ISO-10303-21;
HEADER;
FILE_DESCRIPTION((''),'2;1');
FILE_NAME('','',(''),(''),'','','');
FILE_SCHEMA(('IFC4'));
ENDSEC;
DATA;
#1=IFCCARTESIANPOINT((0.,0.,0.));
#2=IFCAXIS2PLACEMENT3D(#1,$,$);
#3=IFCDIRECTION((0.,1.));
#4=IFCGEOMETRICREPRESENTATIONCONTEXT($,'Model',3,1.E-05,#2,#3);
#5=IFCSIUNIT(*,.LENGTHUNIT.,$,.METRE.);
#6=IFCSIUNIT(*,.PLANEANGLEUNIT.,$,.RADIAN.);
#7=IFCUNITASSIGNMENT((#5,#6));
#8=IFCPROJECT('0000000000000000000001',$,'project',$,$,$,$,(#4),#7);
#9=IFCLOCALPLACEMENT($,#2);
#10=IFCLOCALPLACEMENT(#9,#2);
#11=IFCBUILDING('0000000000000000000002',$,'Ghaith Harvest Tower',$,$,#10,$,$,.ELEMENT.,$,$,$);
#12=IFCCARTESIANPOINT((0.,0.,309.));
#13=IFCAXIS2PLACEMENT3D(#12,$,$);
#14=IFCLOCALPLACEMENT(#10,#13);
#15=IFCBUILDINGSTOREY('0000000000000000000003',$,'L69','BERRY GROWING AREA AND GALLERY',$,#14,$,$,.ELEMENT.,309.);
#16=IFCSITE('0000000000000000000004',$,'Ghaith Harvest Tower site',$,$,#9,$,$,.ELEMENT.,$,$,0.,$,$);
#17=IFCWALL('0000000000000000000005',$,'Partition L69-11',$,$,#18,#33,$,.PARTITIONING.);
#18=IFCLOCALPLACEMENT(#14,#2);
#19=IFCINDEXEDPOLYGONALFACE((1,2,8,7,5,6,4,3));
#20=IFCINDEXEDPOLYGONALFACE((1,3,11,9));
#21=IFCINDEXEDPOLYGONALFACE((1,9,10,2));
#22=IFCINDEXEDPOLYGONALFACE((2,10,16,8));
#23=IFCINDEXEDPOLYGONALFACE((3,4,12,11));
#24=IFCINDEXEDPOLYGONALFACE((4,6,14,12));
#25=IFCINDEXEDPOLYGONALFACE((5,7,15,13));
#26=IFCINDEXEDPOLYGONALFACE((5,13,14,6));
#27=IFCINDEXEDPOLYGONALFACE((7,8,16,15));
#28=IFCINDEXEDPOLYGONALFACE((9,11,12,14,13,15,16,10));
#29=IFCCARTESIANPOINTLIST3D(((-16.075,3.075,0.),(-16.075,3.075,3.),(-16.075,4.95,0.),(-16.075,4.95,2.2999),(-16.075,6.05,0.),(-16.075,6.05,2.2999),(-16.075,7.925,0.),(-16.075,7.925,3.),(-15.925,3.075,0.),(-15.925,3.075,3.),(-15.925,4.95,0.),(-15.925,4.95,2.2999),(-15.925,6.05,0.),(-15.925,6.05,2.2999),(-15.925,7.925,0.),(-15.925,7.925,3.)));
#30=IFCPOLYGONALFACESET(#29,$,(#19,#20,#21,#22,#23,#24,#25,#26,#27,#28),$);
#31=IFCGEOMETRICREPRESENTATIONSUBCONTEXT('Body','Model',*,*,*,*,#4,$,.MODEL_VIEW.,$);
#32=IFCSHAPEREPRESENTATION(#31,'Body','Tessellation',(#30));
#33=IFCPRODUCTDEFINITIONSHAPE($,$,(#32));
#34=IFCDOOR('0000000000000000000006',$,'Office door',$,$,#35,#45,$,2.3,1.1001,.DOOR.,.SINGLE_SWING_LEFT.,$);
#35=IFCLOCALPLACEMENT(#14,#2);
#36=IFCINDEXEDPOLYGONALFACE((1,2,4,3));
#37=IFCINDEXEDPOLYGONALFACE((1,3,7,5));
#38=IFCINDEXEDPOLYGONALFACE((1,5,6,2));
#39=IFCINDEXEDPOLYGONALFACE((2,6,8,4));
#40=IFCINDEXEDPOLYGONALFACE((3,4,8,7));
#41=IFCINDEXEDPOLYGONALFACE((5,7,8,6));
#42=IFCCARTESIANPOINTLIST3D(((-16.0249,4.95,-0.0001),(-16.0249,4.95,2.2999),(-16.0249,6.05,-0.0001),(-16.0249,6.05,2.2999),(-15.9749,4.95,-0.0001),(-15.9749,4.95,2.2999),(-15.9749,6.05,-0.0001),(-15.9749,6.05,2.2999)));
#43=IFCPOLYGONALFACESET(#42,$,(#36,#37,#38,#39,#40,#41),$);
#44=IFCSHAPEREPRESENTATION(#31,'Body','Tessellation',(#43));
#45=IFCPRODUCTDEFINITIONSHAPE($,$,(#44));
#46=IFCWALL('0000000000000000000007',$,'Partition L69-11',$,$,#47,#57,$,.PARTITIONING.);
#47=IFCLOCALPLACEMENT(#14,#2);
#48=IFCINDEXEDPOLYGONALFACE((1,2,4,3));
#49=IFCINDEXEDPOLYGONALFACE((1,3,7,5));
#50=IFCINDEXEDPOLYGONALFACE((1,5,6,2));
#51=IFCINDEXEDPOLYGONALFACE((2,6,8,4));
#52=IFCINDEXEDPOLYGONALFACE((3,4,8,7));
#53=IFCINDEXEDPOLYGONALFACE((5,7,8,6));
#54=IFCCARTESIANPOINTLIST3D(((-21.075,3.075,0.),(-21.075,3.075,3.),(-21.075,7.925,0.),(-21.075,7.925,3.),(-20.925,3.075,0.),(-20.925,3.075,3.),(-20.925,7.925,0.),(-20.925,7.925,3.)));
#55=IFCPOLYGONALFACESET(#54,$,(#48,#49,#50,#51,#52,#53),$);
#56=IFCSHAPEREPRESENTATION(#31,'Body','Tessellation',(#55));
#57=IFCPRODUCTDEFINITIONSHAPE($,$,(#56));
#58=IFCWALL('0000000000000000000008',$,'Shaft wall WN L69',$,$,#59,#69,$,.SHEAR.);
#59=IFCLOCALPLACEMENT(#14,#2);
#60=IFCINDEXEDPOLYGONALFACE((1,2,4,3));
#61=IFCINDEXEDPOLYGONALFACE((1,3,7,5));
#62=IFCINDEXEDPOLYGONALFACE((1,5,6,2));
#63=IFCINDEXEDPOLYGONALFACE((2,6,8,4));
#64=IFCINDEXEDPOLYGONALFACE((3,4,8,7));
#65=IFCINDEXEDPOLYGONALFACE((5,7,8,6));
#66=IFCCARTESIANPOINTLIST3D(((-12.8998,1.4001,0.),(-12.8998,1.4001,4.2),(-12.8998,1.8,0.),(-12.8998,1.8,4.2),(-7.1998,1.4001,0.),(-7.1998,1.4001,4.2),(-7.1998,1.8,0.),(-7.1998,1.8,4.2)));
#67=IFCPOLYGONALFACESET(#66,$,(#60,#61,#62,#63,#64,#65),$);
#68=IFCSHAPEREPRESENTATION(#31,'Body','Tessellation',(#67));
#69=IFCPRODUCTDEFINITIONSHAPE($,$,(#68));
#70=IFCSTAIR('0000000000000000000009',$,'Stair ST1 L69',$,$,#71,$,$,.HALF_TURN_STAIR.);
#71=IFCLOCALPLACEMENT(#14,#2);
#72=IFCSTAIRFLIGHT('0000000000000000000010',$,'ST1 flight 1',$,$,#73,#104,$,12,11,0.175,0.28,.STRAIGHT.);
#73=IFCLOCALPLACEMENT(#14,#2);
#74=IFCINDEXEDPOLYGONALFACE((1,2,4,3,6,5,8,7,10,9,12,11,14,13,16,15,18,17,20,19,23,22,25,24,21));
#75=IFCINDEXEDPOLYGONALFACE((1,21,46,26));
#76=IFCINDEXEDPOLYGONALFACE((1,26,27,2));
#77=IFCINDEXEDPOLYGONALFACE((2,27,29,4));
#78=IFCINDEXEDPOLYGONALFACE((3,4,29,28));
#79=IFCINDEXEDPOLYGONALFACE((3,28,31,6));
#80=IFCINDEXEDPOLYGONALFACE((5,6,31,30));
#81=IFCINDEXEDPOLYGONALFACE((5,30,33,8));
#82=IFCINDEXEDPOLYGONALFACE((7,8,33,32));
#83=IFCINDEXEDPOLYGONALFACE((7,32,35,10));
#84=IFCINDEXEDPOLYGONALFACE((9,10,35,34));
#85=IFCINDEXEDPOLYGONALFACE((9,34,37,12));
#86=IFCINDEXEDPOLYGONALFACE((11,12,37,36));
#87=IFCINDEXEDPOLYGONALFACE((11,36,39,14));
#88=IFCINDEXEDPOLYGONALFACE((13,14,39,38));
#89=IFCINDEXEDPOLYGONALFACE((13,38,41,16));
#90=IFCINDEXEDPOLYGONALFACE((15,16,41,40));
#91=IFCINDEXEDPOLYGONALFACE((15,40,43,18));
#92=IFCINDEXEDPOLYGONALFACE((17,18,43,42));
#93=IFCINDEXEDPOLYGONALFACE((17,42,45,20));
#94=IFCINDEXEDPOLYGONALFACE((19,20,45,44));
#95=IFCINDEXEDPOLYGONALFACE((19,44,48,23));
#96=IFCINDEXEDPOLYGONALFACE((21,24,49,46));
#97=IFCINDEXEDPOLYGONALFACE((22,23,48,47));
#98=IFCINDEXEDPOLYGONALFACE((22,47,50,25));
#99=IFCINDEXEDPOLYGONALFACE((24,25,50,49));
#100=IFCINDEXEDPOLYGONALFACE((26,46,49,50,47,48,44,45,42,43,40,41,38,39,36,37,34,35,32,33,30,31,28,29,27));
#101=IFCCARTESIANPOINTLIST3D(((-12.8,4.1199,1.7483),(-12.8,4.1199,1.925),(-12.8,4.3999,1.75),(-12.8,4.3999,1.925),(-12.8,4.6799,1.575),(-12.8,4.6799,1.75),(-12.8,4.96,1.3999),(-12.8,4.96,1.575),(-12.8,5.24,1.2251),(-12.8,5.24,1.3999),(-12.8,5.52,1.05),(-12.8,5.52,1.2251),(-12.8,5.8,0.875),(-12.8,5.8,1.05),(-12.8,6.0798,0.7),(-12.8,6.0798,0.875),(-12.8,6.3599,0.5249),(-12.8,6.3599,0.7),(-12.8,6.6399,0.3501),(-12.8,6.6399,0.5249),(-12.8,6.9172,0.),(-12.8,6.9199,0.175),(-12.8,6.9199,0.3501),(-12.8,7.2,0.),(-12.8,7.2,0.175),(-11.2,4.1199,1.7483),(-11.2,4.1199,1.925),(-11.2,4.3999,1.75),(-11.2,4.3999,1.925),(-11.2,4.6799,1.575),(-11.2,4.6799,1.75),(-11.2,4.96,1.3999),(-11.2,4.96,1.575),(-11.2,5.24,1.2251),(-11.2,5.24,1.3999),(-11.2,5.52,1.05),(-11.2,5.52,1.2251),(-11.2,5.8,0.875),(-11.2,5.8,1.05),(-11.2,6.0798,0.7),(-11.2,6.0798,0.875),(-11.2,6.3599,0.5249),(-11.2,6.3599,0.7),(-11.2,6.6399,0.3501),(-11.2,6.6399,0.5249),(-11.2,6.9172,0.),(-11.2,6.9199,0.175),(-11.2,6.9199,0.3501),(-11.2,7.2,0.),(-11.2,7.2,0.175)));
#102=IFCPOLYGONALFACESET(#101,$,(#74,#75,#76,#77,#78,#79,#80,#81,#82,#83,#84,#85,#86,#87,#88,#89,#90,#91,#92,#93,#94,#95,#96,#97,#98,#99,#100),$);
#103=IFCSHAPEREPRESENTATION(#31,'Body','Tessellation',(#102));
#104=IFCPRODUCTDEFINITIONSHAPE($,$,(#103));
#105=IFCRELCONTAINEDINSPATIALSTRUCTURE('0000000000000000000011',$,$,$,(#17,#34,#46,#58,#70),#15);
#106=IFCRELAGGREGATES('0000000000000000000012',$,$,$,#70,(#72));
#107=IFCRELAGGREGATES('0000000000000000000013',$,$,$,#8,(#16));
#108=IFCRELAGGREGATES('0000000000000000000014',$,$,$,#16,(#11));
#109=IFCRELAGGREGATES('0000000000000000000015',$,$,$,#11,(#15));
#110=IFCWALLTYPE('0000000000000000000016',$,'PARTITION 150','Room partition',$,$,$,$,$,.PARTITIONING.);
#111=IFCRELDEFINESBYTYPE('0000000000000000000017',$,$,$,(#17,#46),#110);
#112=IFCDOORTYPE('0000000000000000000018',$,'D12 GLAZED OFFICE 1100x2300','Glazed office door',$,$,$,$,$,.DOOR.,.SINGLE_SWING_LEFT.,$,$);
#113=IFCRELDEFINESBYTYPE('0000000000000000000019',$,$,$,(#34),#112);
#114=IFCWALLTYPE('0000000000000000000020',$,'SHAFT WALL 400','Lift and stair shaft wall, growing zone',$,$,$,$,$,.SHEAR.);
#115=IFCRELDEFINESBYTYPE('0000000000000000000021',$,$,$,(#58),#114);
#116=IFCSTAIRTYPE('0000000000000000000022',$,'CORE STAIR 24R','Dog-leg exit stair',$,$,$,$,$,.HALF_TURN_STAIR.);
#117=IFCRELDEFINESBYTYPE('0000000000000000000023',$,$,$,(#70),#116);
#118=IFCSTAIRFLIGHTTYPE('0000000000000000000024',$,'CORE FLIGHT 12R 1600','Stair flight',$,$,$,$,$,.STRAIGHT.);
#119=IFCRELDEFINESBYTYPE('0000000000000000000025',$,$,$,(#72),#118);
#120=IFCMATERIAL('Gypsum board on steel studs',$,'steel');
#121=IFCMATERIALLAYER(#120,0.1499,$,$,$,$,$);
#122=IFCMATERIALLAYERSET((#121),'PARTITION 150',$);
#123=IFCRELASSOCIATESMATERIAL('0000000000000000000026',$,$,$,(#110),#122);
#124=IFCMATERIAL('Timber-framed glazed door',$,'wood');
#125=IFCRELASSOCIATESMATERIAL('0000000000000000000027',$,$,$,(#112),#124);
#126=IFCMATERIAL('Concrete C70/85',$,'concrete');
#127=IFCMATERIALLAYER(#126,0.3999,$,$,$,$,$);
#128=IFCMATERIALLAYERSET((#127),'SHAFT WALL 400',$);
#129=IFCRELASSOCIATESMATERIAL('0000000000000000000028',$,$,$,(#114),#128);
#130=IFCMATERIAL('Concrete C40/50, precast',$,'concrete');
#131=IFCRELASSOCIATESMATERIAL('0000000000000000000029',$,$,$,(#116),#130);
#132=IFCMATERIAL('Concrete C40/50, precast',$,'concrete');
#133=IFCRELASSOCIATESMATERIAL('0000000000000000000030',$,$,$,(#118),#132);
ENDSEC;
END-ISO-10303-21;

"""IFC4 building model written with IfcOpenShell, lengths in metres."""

from ifc_helpers import new_model, si_unit, direction, frame, frame_2d, origin, place, context, subcontext, project, spatial, polyline, rectangle, outline, extrude, material, layer, layer_set, type_object, element, fill, aggregate, save


model = new_model("IFC4")

# Units and contexts
model_context = context("Model", 3, precision=1e-05, world=origin(), true_north=direction((0.0, 1.0)))
body_context = subcontext(model_context, "Body", "Model", "MODEL_VIEW")
ifc_project = project(units=[si_unit("LENGTHUNIT", "METRE"), si_unit("PLANEANGLEUNIT", "RADIAN")], contexts=[model_context])

# Site, building, storey
site_placement = place(None, origin())
site = spatial("IfcSite", under=ifc_project, at=site_placement, Name="Ghaith Harvest Tower site", CompositionType="ELEMENT", RefElevation=0.0)
building_placement = place(site_placement, origin())
building = spatial("IfcBuilding", under=site, at=building_placement, Name="Ghaith Harvest Tower", CompositionType="ELEMENT")
storey_placement = place(building_placement, frame((0.0, 0.0, 309.0)))
storey = spatial("IfcBuildingStorey", under=building, at=storey_placement, Name="L69", Description="BERRY GROWING AREA AND GALLERY", CompositionType="ELEMENT", Elevation=309.0)

# Shared definitions
ifc_material_1 = material(Name="Gypsum board on steel studs", Category="steel")
ifc_layer_1 = layer(ifc_material_1, 0.1499)
ifc_layer_set_1 = layer_set([ifc_layer_1], Name="PARTITION 150")
wall_type_1 = type_object("IfcWallType", Name="PARTITION 150", Description="Room partition", PredefinedType="PARTITIONING", material=ifc_layer_set_1)

# Wall, opening, door
wall_1_placement = place(storey_placement, frame((-16.0, 3.075, 0.0), z_axis=(0.0, 0.0, 1.0), x_axis=(0.0, 1.0, 0.0)))
wall_1 = element("IfcWall", 1, at=wall_1_placement, inside=storey, type_object=wall_type_1, Name="Partition L69-11", PredefinedType="PARTITIONING", context=body_context, shape_type="SweptSolid", body=[
    extrude(rectangle(XDim=4.8501, YDim=0.1499, at=frame_2d((2.425, 0.0))), origin(), (0.0, 0.0, 1.0), 3.0),
])
opening_placement = place(wall_1_placement, frame((1.875, 0.0, 0.0)))
opening = element("IfcOpeningElement", 2, at=opening_placement, cuts=wall_1, PredefinedType="OPENING", context=body_context, shape_type="SweptSolid", body=[
    extrude(rectangle(XDim=1.1001, YDim=2.3, at=frame_2d((0.55, 1.1499))), frame((0.0, 0.085, 0.0), z_axis=(0.0, -1.0, 0.0), x_axis=(1.0, 0.0, 0.0)), (0.0, 0.0, 1.0), 0.1699),
])
ifc_material_2 = material(Name="Timber-framed glazed door", Category="wood")
door_type = type_object("IfcDoorType", Name="D12 GLAZED OFFICE 1100x2300", Description="Glazed office door", OperationType="SINGLE_SWING_LEFT", PredefinedType="DOOR", material=ifc_material_2)
door_placement = place(opening_placement, origin())
door = element("IfcDoor", 3, at=door_placement, inside=storey, type_object=door_type, Name="Office door", OperationType="SINGLE_SWING_LEFT", OverallHeight=2.3, OverallWidth=1.1001, PredefinedType="DOOR", context=body_context, shape_type="SweptSolid", body=[
    extrude(rectangle(XDim=1.1001, YDim=2.3, at=frame_2d((0.55, 1.1499))), frame((0.0, 0.0249, 0.0), z_axis=(0.0, -1.0, 0.0), x_axis=(1.0, 0.0, 0.0)), (0.0, 0.0, 1.0), 0.05),
])
fill(opening, door)

# Walls
wall_2_placement = place(storey_placement, frame((-21.0, 3.075, 0.0), z_axis=(0.0, 0.0, 1.0), x_axis=(0.0, 1.0, 0.0)))
element("IfcWall", 4, at=wall_2_placement, inside=storey, type_object=wall_type_1, Name="Partition L69-11", PredefinedType="PARTITIONING", context=body_context, shape_type="SweptSolid", body=[
    extrude(rectangle(XDim=4.8501, YDim=0.1499, at=frame_2d((2.425, 0.0))), origin(), (0.0, 0.0, 1.0), 3.0),
])
ifc_material_3 = material(Name="Concrete C70/85", Category="concrete")
ifc_layer_2 = layer(ifc_material_3, 0.3999)
ifc_layer_set_2 = layer_set([ifc_layer_2], Name="SHAFT WALL 400")
wall_type_2 = type_object("IfcWallType", Name="SHAFT WALL 400", Description="Lift and stair shaft wall, growing zone", PredefinedType="SHEAR", material=ifc_layer_set_2)
wall_3_placement = place(storey_placement, frame((-12.8999, 1.6001, 0.0), z_axis=(0.0, 0.0, 1.0), x_axis=(1.0, 0.0, 0.0)))
element("IfcWall", 5, at=wall_3_placement, inside=storey, type_object=wall_type_2, Name="Shaft wall WN L69", PredefinedType="SHEAR", context=body_context, shape_type="SweptSolid", body=[
    extrude(rectangle(XDim=5.7, YDim=0.3999, at=frame_2d((2.8501, 0.0))), origin(), (0.0, 0.0, 1.0), 4.2),
])

# Stair, stair flight
ifc_material_4 = material(Name="Concrete C40/50, precast", Category="concrete")
stair_type = type_object("IfcStairType", Name="CORE STAIR 24R", Description="Dog-leg exit stair", PredefinedType="HALF_TURN_STAIR", material=ifc_material_4)
stair_placement = place(storey_placement, origin())
stair = element("IfcStair", 6, at=stair_placement, inside=storey, type_object=stair_type, Name="Stair ST1 L69", PredefinedType="HALF_TURN_STAIR")
ifc_material_5 = material(Name="Concrete C40/50, precast", Category="concrete")
stair_flight_type = type_object("IfcStairFlightType", Name="CORE FLIGHT 12R 1600", Description="Stair flight", PredefinedType="STRAIGHT", material=ifc_material_5)
stair_flight_placement = place(storey_placement, frame((-12.0, 7.2, 0.0), z_axis=(0.0, 0.0, 1.0), x_axis=(0.0, -1.0, 0.0)))
stair_flight = element("IfcStairFlight", 7, at=stair_flight_placement, type_object=stair_flight_type, Name="ST1 flight 1", NumberOfRisers=12, NumberOfTreads=11, PredefinedType="STRAIGHT", RiserHeight=0.175, TreadLength=0.28, context=body_context, shape_type="SweptSolid", body=[
    extrude(outline(polyline([(0.0, 0.0), (0.0, 0.175), (0.28, 0.175), (0.28, 0.3501), (0.5601, 0.3501), (0.5601, 0.5249), (0.8401, 0.5249), (0.8401, 0.7), (1.1201, 0.7), (1.1201, 0.875), (1.3999, 0.875), (1.3999, 1.05), (1.6799, 1.05), (1.6799, 1.2251), (1.96, 1.2251), (1.96, 1.3999), (2.24, 1.3999), (2.24, 1.575), (2.52, 1.575), (2.52, 1.75), (2.8, 1.75), (2.8, 1.925), (3.0801, 1.925), (3.0801, 2.1001), (3.0801, 1.7483), (0.2827, 0.0), (0.0, 0.0)])), frame((0.0, 0.8, 0.0), z_axis=(0.0, -1.0, 0.0), x_axis=(1.0, 0.0, 0.0)), (0.0, 0.0, 1.0), 1.6001),
])
aggregate(stair, [stair_flight])

save(model, "model.ifc")
